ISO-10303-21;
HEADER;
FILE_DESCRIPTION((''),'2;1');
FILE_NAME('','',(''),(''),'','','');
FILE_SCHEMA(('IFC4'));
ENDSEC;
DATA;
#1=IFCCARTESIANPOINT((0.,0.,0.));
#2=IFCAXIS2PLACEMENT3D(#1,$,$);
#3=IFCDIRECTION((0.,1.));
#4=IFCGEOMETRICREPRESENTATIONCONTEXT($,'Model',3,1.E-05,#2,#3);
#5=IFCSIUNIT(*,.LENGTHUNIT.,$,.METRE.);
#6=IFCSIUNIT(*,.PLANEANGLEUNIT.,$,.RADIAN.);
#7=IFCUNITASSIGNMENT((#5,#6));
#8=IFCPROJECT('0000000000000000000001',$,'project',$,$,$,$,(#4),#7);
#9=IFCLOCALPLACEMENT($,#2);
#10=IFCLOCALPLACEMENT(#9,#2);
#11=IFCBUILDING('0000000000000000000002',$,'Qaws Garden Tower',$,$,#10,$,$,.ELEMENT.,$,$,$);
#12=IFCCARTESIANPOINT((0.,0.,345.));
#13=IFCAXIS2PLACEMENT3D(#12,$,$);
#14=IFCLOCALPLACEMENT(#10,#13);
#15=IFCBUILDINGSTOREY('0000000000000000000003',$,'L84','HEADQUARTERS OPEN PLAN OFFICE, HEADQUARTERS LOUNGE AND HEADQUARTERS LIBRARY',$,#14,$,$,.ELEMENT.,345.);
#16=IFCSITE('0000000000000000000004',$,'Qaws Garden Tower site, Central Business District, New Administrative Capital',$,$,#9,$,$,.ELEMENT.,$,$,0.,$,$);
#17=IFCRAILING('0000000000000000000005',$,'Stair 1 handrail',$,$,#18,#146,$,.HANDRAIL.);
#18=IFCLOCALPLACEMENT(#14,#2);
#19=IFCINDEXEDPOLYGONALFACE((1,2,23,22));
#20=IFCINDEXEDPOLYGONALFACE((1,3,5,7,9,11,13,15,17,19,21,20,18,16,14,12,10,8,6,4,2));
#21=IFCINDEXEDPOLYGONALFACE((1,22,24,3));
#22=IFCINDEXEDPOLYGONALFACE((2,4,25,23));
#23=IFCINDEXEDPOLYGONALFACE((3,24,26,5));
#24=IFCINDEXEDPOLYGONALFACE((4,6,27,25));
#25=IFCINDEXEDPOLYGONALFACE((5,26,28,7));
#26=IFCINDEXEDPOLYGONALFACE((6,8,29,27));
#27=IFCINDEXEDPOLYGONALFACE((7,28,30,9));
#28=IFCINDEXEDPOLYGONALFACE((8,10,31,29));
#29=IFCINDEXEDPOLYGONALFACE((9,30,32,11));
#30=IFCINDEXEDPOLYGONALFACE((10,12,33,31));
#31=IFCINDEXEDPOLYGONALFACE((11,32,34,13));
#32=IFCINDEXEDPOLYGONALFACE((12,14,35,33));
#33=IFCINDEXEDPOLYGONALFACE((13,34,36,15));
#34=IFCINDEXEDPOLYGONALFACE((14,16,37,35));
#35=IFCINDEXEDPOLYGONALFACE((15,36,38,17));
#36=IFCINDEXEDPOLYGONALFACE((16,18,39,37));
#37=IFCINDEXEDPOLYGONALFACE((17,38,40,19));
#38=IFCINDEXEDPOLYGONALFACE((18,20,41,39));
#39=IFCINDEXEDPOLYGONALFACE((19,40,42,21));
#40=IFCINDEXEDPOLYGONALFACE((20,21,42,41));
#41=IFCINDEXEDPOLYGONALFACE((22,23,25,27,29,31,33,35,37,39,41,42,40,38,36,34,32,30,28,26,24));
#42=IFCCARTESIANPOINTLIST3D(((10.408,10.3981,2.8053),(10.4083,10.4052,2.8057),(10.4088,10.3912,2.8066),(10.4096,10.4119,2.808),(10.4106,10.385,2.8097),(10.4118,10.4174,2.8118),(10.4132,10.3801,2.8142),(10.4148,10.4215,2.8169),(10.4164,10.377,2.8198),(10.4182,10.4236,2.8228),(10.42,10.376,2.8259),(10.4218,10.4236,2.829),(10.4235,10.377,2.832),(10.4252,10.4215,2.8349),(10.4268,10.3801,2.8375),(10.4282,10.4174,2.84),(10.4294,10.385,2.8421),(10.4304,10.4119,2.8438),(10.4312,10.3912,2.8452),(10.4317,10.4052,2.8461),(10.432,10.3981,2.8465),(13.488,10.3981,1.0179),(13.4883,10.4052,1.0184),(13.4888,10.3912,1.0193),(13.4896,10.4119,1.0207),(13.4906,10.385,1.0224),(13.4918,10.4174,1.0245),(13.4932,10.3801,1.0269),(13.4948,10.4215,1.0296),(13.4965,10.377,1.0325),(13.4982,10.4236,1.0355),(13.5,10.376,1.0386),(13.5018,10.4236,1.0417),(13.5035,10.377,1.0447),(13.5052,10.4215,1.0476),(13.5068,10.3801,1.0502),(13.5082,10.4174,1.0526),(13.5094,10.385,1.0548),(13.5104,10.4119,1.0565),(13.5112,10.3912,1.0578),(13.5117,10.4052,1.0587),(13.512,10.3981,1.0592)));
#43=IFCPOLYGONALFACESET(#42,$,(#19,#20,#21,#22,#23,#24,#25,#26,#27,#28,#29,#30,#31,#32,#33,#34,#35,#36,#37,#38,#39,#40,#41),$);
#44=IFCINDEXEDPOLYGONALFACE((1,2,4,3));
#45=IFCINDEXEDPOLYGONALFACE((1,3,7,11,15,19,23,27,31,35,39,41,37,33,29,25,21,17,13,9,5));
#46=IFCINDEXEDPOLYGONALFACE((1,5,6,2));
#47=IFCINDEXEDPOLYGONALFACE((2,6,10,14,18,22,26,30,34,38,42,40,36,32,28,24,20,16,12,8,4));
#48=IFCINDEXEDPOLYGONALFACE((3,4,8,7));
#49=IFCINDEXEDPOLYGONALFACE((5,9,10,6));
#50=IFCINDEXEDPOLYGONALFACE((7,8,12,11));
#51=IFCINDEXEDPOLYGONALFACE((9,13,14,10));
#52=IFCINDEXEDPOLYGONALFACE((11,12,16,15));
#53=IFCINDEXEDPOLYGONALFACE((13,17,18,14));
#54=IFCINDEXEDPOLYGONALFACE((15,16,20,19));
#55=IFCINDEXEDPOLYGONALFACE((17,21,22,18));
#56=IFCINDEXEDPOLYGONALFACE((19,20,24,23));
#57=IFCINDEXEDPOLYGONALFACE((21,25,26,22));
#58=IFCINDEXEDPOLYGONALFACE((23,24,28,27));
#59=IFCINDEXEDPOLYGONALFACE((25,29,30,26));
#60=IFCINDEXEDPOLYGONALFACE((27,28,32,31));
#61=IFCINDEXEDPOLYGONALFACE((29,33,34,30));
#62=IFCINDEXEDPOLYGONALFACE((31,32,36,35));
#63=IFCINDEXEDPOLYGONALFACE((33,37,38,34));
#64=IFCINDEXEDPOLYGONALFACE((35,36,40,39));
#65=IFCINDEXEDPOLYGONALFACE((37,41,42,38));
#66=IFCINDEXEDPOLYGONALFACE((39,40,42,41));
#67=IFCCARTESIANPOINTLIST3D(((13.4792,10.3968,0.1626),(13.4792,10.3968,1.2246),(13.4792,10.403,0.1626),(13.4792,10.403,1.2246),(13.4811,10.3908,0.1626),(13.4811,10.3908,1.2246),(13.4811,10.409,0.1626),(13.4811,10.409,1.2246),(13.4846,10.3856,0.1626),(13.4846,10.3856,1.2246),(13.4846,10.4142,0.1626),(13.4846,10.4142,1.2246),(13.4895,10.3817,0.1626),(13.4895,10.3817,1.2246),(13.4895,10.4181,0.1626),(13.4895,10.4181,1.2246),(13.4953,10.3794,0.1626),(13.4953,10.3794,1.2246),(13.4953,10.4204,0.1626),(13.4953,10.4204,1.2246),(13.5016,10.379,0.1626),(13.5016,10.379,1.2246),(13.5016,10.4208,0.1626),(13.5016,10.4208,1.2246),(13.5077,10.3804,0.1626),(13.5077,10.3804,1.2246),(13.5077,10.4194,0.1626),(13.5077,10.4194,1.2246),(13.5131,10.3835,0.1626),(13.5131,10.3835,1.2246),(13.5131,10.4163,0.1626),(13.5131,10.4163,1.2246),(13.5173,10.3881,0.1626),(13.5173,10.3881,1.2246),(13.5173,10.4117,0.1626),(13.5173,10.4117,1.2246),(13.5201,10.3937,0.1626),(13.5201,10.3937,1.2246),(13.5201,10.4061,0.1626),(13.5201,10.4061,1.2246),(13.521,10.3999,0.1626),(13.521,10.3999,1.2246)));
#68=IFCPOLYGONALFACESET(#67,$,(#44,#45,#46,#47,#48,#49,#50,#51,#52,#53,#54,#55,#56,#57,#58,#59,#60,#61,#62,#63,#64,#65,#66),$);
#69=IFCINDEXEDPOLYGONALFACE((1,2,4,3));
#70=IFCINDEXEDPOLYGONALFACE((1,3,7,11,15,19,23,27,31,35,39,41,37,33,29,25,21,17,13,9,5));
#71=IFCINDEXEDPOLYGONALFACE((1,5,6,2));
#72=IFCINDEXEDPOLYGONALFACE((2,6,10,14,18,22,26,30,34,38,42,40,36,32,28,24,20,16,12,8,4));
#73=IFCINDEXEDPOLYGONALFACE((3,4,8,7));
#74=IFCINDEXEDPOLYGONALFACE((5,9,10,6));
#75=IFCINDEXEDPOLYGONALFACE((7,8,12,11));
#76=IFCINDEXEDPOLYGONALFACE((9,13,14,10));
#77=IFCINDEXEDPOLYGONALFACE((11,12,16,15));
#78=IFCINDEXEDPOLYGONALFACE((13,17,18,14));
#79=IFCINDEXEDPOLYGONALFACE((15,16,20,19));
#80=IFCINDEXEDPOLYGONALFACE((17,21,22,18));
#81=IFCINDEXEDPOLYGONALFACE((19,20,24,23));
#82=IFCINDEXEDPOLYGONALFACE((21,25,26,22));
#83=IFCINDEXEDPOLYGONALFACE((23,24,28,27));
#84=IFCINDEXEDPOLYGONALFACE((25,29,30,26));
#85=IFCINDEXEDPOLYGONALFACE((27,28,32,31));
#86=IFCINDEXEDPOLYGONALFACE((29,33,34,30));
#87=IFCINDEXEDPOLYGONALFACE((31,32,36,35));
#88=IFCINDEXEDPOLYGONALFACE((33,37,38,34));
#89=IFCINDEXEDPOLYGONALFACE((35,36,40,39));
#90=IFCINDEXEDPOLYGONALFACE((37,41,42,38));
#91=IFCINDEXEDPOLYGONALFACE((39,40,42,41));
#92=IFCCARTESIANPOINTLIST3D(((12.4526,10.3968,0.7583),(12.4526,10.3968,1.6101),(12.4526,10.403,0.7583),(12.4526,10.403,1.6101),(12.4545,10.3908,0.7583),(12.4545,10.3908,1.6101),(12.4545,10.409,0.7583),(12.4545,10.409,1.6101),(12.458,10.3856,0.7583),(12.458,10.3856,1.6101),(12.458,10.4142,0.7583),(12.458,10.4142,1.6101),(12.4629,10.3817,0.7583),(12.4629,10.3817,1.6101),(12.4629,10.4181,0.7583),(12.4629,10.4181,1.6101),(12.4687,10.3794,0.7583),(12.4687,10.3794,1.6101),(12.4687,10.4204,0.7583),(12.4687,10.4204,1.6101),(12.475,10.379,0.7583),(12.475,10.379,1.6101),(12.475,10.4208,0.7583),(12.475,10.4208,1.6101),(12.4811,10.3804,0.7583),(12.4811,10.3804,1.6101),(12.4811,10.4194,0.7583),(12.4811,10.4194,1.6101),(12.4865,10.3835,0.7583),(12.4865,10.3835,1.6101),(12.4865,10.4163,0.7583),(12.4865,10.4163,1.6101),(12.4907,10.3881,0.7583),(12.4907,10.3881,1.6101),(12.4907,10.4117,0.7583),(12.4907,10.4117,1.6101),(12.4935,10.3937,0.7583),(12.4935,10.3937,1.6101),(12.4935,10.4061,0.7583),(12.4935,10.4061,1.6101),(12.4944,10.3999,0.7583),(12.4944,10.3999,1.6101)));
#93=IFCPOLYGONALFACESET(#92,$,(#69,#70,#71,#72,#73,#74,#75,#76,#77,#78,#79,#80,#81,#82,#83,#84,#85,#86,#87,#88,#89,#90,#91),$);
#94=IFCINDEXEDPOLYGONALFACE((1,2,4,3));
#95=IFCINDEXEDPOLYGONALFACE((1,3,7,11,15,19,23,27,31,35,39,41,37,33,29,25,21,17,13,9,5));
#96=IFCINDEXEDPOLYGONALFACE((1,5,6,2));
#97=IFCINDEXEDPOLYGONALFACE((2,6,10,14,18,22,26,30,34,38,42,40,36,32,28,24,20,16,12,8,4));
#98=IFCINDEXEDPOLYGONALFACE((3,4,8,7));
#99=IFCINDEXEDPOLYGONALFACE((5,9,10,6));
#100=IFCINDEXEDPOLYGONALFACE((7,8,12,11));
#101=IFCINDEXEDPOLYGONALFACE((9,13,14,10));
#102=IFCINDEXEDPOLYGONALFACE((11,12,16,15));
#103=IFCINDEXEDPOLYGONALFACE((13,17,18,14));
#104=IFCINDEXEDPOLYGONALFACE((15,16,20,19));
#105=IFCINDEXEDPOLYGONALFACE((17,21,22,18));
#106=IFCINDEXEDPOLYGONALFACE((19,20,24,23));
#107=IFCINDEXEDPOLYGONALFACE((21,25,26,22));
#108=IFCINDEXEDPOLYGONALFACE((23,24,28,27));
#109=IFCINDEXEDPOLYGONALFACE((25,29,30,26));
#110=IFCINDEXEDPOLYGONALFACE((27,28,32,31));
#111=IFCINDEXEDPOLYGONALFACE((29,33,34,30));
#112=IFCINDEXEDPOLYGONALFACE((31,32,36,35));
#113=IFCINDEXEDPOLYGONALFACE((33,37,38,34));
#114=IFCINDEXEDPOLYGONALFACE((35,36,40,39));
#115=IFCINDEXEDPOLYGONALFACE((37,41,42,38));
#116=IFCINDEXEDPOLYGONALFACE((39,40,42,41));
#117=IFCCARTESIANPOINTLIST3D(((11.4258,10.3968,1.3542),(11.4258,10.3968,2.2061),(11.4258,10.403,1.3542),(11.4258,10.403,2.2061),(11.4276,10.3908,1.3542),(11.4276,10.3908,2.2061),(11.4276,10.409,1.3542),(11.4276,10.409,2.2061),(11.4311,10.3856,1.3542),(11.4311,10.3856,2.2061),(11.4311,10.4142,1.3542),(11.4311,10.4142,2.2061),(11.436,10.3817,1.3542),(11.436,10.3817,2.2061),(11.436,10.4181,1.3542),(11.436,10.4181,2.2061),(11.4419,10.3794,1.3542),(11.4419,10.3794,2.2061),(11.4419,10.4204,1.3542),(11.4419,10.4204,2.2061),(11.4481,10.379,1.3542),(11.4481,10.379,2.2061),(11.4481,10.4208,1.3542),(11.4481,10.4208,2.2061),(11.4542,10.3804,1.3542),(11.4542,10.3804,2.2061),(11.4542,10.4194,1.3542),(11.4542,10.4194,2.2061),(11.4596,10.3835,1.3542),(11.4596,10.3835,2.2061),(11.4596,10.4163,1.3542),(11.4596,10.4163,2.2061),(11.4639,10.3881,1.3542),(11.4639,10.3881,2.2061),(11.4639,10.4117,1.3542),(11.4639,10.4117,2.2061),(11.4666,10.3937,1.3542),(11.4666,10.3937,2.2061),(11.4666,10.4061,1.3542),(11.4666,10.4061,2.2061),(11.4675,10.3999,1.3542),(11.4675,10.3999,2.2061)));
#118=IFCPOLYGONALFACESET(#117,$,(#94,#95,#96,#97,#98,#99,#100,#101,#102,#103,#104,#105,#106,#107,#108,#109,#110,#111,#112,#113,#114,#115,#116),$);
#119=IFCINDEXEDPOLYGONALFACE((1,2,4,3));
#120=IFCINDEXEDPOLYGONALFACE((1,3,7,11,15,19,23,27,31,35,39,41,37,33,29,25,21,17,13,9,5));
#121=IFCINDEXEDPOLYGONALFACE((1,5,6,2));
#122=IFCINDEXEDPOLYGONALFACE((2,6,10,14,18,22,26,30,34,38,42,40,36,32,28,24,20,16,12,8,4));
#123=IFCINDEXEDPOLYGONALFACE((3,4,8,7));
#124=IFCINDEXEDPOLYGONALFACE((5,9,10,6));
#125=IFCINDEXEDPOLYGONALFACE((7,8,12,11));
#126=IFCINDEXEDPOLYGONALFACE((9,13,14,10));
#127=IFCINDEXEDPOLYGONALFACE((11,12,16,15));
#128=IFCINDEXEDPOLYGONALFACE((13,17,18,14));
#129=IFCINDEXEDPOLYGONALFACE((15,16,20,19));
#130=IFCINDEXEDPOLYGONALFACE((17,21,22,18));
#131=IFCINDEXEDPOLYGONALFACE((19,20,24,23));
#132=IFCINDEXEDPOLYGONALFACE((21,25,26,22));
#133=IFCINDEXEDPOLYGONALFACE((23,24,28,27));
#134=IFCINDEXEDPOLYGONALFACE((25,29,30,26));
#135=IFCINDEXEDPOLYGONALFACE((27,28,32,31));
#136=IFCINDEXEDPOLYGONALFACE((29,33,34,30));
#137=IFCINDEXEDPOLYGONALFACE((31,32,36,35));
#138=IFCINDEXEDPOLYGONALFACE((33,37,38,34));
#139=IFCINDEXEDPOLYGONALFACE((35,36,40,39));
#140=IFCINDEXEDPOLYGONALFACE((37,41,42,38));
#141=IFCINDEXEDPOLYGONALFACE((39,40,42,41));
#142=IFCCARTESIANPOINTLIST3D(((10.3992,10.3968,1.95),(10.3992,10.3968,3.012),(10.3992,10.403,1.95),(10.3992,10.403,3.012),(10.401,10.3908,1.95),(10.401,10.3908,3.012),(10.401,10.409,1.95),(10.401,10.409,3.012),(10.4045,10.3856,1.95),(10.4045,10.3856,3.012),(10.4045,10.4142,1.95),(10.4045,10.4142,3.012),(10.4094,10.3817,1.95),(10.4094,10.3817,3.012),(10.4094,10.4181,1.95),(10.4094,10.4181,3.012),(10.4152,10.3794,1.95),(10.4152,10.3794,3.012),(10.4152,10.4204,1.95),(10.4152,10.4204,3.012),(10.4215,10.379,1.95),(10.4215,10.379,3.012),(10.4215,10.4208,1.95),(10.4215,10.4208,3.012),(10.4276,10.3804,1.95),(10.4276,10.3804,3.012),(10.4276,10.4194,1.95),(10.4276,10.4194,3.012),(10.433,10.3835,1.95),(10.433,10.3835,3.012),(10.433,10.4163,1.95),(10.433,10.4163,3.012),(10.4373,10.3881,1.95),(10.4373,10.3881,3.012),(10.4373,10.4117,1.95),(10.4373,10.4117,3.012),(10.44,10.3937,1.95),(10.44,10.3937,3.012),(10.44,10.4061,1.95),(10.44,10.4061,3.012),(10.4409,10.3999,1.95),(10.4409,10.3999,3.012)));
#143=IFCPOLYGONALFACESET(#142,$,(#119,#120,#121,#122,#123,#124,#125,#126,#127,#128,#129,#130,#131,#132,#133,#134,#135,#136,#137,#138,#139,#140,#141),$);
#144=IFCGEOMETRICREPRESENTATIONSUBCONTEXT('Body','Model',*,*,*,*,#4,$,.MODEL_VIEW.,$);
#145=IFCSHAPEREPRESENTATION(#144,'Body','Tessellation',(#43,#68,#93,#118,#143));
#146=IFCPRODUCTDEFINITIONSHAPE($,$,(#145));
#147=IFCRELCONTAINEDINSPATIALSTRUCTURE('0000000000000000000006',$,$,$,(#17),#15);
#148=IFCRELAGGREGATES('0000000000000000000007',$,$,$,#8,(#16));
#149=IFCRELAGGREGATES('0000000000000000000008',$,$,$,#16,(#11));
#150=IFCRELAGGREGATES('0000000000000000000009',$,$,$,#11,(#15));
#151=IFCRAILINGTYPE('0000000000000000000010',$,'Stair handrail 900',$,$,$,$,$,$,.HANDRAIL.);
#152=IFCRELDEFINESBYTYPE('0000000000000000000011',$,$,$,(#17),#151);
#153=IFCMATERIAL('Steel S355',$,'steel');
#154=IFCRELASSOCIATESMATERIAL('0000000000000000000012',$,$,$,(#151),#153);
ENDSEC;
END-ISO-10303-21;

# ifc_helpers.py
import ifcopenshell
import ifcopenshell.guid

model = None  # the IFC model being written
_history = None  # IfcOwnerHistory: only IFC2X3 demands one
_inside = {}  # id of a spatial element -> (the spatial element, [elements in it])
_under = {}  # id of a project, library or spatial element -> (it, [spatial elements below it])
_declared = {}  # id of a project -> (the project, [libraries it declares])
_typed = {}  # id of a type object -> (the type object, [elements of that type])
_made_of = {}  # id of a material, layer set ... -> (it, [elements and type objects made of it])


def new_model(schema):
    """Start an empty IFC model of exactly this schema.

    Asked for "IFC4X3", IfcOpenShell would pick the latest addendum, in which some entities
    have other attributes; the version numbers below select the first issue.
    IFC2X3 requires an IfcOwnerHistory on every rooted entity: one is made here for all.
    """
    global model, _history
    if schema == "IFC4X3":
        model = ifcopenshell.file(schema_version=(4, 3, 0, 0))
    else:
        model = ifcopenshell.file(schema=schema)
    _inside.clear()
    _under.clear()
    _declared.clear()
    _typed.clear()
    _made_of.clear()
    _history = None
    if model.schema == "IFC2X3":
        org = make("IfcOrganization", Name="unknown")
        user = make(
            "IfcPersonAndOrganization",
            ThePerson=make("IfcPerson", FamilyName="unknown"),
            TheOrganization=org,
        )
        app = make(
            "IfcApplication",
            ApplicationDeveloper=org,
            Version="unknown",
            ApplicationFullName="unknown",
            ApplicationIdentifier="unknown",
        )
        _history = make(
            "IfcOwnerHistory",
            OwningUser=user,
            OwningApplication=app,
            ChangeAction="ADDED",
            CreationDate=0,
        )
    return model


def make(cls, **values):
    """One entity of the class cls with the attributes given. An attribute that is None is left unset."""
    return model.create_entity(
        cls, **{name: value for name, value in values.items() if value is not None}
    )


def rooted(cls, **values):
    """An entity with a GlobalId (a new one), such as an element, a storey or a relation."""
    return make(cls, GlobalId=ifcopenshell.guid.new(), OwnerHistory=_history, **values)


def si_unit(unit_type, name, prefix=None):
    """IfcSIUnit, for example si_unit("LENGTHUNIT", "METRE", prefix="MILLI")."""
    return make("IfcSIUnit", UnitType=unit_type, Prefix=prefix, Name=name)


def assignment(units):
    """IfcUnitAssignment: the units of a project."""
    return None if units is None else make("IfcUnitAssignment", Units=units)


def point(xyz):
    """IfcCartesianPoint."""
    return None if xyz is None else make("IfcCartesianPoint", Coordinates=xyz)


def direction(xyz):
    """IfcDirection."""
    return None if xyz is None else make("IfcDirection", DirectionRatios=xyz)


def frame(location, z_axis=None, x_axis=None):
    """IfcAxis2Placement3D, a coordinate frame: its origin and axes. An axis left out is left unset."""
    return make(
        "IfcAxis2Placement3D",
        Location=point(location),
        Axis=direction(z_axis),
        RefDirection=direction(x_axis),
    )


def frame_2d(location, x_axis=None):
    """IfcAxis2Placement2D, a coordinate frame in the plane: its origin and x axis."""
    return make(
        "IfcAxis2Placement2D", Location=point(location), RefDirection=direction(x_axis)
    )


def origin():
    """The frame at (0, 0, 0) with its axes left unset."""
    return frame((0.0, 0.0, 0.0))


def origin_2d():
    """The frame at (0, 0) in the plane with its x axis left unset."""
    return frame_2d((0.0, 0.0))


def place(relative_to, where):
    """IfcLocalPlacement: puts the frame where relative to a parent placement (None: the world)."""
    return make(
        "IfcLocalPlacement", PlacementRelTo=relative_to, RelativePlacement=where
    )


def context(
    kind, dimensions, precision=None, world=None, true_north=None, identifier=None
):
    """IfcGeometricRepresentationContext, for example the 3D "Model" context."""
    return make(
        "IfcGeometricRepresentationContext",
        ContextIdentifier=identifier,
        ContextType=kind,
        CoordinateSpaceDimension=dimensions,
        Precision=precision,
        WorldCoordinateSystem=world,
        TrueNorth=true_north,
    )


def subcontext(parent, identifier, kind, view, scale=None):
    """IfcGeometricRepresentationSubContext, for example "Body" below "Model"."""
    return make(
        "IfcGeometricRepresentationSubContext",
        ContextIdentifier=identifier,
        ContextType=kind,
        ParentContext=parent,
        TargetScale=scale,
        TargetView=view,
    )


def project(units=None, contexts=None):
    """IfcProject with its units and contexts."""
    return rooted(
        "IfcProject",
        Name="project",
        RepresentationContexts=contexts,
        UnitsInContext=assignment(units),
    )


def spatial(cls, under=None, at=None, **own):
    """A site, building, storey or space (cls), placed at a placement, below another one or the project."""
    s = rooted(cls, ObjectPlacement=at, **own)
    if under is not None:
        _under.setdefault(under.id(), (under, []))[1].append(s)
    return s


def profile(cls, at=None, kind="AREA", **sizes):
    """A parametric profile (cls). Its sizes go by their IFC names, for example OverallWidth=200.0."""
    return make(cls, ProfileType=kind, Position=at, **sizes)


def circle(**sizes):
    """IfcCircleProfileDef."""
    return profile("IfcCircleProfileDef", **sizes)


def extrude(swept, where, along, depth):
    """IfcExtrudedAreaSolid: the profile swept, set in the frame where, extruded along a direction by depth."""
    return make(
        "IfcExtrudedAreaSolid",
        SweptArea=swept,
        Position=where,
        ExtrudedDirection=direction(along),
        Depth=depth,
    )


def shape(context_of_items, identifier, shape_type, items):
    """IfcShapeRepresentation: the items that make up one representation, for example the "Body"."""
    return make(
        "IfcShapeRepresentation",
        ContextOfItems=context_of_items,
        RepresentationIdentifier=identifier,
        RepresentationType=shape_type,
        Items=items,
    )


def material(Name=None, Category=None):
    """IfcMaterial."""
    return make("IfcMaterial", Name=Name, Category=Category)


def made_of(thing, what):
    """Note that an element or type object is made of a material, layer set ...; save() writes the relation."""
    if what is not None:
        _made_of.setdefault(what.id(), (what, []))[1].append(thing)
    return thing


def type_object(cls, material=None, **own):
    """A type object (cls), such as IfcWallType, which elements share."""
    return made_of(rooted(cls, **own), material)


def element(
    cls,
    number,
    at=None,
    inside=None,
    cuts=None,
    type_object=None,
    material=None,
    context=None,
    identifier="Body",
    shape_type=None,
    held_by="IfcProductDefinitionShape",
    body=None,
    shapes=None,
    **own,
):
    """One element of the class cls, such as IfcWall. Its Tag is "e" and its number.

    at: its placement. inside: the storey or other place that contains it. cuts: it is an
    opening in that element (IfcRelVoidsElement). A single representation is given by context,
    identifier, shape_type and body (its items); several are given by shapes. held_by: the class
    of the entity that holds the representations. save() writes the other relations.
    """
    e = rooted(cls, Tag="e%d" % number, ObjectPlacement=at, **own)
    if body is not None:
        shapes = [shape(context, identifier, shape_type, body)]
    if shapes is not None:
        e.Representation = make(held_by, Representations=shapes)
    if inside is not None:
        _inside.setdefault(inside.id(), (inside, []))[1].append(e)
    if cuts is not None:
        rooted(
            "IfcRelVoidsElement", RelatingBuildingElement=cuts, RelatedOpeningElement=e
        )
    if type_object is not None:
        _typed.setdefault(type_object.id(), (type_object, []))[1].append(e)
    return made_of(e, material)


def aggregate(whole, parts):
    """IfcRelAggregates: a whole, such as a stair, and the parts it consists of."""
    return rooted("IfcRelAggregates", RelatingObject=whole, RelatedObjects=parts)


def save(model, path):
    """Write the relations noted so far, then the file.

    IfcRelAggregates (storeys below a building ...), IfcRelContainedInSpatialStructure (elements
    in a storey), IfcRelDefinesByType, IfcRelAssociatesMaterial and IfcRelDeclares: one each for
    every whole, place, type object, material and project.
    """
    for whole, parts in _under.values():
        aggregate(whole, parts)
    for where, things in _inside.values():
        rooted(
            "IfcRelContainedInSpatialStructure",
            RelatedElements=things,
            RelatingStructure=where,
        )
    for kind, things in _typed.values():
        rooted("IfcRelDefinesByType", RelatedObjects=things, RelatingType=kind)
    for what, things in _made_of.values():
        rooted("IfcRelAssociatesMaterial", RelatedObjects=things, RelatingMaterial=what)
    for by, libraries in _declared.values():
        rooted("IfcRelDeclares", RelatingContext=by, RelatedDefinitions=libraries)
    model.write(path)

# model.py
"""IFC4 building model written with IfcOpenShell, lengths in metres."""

from ifc_helpers import new_model, si_unit, direction, frame, origin, origin_2d, place, context, subcontext, project, spatial, circle, extrude, material, type_object, element, save


model = new_model("IFC4")

# Units and contexts
model_context = context("Model", 3, precision=1e-05, world=origin(), true_north=direction((0.0, 1.0)))
body_context = subcontext(model_context, "Body", "Model", "MODEL_VIEW")
ifc_project = project(units=[si_unit("LENGTHUNIT", "METRE"), si_unit("PLANEANGLEUNIT", "RADIAN")], contexts=[model_context])

# Site, building, storey
site_placement = place(None, origin())
site = spatial("IfcSite", under=ifc_project, at=site_placement, Name="Qaws Garden Tower site, Central Business District, New Administrative Capital", CompositionType="ELEMENT", RefElevation=0.0)
building_placement = place(site_placement, origin())
building = spatial("IfcBuilding", under=site, at=building_placement, Name="Qaws Garden Tower", CompositionType="ELEMENT")
storey_placement = place(building_placement, frame((0.0, 0.0, 345.0)))
storey = spatial("IfcBuildingStorey", under=building, at=storey_placement, Name="L84", Description="HEADQUARTERS OPEN PLAN OFFICE, HEADQUARTERS LOUNGE AND HEADQUARTERS LIBRARY", CompositionType="ELEMENT", Elevation=345.0)

# Railing
ifc_material_1 = material(Name="Steel S355", Category="steel")
railing_type = type_object("IfcRailingType", Name="Stair handrail 900", PredefinedType="HANDRAIL", material=ifc_material_1)
railing_placement = place(storey_placement, frame((13.5, 10.3999, 0.1626)))
element("IfcRailing", 1, at=railing_placement, inside=storey, type_object=railing_type, Name="Stair 1 handrail", PredefinedType="HANDRAIL", context=body_context, shape_type="SweptSolid", body=[
    extrude(circle(Radius=0.0239, at=origin_2d()), frame((0.0, 0.0, 0.876), z_axis=(-0.86492, 0.0, 0.501909), x_axis=(0.0, -1.0, 0.0)), (0.0, 0.0, 1.0), 3.561),
    extrude(circle(Radius=0.021, at=origin_2d()), origin(), (0.0, 0.0, 1.0), 1.062),
    extrude(circle(Radius=0.021, at=origin_2d()), frame((-1.0266, 0.0, 0.5957)), (0.0, 0.0, 1.0), 0.8518),
    extrude(circle(Radius=0.021, at=origin_2d()), frame((-2.0535, 0.0, 1.1917)), (0.0, 0.0, 1.0), 0.8518),
    extrude(circle(Radius=0.021, at=origin_2d()), frame((-3.0801, 0.0, 1.7874)), (0.0, 0.0, 1.0), 1.062),
])

save(model, "model.ifc")
